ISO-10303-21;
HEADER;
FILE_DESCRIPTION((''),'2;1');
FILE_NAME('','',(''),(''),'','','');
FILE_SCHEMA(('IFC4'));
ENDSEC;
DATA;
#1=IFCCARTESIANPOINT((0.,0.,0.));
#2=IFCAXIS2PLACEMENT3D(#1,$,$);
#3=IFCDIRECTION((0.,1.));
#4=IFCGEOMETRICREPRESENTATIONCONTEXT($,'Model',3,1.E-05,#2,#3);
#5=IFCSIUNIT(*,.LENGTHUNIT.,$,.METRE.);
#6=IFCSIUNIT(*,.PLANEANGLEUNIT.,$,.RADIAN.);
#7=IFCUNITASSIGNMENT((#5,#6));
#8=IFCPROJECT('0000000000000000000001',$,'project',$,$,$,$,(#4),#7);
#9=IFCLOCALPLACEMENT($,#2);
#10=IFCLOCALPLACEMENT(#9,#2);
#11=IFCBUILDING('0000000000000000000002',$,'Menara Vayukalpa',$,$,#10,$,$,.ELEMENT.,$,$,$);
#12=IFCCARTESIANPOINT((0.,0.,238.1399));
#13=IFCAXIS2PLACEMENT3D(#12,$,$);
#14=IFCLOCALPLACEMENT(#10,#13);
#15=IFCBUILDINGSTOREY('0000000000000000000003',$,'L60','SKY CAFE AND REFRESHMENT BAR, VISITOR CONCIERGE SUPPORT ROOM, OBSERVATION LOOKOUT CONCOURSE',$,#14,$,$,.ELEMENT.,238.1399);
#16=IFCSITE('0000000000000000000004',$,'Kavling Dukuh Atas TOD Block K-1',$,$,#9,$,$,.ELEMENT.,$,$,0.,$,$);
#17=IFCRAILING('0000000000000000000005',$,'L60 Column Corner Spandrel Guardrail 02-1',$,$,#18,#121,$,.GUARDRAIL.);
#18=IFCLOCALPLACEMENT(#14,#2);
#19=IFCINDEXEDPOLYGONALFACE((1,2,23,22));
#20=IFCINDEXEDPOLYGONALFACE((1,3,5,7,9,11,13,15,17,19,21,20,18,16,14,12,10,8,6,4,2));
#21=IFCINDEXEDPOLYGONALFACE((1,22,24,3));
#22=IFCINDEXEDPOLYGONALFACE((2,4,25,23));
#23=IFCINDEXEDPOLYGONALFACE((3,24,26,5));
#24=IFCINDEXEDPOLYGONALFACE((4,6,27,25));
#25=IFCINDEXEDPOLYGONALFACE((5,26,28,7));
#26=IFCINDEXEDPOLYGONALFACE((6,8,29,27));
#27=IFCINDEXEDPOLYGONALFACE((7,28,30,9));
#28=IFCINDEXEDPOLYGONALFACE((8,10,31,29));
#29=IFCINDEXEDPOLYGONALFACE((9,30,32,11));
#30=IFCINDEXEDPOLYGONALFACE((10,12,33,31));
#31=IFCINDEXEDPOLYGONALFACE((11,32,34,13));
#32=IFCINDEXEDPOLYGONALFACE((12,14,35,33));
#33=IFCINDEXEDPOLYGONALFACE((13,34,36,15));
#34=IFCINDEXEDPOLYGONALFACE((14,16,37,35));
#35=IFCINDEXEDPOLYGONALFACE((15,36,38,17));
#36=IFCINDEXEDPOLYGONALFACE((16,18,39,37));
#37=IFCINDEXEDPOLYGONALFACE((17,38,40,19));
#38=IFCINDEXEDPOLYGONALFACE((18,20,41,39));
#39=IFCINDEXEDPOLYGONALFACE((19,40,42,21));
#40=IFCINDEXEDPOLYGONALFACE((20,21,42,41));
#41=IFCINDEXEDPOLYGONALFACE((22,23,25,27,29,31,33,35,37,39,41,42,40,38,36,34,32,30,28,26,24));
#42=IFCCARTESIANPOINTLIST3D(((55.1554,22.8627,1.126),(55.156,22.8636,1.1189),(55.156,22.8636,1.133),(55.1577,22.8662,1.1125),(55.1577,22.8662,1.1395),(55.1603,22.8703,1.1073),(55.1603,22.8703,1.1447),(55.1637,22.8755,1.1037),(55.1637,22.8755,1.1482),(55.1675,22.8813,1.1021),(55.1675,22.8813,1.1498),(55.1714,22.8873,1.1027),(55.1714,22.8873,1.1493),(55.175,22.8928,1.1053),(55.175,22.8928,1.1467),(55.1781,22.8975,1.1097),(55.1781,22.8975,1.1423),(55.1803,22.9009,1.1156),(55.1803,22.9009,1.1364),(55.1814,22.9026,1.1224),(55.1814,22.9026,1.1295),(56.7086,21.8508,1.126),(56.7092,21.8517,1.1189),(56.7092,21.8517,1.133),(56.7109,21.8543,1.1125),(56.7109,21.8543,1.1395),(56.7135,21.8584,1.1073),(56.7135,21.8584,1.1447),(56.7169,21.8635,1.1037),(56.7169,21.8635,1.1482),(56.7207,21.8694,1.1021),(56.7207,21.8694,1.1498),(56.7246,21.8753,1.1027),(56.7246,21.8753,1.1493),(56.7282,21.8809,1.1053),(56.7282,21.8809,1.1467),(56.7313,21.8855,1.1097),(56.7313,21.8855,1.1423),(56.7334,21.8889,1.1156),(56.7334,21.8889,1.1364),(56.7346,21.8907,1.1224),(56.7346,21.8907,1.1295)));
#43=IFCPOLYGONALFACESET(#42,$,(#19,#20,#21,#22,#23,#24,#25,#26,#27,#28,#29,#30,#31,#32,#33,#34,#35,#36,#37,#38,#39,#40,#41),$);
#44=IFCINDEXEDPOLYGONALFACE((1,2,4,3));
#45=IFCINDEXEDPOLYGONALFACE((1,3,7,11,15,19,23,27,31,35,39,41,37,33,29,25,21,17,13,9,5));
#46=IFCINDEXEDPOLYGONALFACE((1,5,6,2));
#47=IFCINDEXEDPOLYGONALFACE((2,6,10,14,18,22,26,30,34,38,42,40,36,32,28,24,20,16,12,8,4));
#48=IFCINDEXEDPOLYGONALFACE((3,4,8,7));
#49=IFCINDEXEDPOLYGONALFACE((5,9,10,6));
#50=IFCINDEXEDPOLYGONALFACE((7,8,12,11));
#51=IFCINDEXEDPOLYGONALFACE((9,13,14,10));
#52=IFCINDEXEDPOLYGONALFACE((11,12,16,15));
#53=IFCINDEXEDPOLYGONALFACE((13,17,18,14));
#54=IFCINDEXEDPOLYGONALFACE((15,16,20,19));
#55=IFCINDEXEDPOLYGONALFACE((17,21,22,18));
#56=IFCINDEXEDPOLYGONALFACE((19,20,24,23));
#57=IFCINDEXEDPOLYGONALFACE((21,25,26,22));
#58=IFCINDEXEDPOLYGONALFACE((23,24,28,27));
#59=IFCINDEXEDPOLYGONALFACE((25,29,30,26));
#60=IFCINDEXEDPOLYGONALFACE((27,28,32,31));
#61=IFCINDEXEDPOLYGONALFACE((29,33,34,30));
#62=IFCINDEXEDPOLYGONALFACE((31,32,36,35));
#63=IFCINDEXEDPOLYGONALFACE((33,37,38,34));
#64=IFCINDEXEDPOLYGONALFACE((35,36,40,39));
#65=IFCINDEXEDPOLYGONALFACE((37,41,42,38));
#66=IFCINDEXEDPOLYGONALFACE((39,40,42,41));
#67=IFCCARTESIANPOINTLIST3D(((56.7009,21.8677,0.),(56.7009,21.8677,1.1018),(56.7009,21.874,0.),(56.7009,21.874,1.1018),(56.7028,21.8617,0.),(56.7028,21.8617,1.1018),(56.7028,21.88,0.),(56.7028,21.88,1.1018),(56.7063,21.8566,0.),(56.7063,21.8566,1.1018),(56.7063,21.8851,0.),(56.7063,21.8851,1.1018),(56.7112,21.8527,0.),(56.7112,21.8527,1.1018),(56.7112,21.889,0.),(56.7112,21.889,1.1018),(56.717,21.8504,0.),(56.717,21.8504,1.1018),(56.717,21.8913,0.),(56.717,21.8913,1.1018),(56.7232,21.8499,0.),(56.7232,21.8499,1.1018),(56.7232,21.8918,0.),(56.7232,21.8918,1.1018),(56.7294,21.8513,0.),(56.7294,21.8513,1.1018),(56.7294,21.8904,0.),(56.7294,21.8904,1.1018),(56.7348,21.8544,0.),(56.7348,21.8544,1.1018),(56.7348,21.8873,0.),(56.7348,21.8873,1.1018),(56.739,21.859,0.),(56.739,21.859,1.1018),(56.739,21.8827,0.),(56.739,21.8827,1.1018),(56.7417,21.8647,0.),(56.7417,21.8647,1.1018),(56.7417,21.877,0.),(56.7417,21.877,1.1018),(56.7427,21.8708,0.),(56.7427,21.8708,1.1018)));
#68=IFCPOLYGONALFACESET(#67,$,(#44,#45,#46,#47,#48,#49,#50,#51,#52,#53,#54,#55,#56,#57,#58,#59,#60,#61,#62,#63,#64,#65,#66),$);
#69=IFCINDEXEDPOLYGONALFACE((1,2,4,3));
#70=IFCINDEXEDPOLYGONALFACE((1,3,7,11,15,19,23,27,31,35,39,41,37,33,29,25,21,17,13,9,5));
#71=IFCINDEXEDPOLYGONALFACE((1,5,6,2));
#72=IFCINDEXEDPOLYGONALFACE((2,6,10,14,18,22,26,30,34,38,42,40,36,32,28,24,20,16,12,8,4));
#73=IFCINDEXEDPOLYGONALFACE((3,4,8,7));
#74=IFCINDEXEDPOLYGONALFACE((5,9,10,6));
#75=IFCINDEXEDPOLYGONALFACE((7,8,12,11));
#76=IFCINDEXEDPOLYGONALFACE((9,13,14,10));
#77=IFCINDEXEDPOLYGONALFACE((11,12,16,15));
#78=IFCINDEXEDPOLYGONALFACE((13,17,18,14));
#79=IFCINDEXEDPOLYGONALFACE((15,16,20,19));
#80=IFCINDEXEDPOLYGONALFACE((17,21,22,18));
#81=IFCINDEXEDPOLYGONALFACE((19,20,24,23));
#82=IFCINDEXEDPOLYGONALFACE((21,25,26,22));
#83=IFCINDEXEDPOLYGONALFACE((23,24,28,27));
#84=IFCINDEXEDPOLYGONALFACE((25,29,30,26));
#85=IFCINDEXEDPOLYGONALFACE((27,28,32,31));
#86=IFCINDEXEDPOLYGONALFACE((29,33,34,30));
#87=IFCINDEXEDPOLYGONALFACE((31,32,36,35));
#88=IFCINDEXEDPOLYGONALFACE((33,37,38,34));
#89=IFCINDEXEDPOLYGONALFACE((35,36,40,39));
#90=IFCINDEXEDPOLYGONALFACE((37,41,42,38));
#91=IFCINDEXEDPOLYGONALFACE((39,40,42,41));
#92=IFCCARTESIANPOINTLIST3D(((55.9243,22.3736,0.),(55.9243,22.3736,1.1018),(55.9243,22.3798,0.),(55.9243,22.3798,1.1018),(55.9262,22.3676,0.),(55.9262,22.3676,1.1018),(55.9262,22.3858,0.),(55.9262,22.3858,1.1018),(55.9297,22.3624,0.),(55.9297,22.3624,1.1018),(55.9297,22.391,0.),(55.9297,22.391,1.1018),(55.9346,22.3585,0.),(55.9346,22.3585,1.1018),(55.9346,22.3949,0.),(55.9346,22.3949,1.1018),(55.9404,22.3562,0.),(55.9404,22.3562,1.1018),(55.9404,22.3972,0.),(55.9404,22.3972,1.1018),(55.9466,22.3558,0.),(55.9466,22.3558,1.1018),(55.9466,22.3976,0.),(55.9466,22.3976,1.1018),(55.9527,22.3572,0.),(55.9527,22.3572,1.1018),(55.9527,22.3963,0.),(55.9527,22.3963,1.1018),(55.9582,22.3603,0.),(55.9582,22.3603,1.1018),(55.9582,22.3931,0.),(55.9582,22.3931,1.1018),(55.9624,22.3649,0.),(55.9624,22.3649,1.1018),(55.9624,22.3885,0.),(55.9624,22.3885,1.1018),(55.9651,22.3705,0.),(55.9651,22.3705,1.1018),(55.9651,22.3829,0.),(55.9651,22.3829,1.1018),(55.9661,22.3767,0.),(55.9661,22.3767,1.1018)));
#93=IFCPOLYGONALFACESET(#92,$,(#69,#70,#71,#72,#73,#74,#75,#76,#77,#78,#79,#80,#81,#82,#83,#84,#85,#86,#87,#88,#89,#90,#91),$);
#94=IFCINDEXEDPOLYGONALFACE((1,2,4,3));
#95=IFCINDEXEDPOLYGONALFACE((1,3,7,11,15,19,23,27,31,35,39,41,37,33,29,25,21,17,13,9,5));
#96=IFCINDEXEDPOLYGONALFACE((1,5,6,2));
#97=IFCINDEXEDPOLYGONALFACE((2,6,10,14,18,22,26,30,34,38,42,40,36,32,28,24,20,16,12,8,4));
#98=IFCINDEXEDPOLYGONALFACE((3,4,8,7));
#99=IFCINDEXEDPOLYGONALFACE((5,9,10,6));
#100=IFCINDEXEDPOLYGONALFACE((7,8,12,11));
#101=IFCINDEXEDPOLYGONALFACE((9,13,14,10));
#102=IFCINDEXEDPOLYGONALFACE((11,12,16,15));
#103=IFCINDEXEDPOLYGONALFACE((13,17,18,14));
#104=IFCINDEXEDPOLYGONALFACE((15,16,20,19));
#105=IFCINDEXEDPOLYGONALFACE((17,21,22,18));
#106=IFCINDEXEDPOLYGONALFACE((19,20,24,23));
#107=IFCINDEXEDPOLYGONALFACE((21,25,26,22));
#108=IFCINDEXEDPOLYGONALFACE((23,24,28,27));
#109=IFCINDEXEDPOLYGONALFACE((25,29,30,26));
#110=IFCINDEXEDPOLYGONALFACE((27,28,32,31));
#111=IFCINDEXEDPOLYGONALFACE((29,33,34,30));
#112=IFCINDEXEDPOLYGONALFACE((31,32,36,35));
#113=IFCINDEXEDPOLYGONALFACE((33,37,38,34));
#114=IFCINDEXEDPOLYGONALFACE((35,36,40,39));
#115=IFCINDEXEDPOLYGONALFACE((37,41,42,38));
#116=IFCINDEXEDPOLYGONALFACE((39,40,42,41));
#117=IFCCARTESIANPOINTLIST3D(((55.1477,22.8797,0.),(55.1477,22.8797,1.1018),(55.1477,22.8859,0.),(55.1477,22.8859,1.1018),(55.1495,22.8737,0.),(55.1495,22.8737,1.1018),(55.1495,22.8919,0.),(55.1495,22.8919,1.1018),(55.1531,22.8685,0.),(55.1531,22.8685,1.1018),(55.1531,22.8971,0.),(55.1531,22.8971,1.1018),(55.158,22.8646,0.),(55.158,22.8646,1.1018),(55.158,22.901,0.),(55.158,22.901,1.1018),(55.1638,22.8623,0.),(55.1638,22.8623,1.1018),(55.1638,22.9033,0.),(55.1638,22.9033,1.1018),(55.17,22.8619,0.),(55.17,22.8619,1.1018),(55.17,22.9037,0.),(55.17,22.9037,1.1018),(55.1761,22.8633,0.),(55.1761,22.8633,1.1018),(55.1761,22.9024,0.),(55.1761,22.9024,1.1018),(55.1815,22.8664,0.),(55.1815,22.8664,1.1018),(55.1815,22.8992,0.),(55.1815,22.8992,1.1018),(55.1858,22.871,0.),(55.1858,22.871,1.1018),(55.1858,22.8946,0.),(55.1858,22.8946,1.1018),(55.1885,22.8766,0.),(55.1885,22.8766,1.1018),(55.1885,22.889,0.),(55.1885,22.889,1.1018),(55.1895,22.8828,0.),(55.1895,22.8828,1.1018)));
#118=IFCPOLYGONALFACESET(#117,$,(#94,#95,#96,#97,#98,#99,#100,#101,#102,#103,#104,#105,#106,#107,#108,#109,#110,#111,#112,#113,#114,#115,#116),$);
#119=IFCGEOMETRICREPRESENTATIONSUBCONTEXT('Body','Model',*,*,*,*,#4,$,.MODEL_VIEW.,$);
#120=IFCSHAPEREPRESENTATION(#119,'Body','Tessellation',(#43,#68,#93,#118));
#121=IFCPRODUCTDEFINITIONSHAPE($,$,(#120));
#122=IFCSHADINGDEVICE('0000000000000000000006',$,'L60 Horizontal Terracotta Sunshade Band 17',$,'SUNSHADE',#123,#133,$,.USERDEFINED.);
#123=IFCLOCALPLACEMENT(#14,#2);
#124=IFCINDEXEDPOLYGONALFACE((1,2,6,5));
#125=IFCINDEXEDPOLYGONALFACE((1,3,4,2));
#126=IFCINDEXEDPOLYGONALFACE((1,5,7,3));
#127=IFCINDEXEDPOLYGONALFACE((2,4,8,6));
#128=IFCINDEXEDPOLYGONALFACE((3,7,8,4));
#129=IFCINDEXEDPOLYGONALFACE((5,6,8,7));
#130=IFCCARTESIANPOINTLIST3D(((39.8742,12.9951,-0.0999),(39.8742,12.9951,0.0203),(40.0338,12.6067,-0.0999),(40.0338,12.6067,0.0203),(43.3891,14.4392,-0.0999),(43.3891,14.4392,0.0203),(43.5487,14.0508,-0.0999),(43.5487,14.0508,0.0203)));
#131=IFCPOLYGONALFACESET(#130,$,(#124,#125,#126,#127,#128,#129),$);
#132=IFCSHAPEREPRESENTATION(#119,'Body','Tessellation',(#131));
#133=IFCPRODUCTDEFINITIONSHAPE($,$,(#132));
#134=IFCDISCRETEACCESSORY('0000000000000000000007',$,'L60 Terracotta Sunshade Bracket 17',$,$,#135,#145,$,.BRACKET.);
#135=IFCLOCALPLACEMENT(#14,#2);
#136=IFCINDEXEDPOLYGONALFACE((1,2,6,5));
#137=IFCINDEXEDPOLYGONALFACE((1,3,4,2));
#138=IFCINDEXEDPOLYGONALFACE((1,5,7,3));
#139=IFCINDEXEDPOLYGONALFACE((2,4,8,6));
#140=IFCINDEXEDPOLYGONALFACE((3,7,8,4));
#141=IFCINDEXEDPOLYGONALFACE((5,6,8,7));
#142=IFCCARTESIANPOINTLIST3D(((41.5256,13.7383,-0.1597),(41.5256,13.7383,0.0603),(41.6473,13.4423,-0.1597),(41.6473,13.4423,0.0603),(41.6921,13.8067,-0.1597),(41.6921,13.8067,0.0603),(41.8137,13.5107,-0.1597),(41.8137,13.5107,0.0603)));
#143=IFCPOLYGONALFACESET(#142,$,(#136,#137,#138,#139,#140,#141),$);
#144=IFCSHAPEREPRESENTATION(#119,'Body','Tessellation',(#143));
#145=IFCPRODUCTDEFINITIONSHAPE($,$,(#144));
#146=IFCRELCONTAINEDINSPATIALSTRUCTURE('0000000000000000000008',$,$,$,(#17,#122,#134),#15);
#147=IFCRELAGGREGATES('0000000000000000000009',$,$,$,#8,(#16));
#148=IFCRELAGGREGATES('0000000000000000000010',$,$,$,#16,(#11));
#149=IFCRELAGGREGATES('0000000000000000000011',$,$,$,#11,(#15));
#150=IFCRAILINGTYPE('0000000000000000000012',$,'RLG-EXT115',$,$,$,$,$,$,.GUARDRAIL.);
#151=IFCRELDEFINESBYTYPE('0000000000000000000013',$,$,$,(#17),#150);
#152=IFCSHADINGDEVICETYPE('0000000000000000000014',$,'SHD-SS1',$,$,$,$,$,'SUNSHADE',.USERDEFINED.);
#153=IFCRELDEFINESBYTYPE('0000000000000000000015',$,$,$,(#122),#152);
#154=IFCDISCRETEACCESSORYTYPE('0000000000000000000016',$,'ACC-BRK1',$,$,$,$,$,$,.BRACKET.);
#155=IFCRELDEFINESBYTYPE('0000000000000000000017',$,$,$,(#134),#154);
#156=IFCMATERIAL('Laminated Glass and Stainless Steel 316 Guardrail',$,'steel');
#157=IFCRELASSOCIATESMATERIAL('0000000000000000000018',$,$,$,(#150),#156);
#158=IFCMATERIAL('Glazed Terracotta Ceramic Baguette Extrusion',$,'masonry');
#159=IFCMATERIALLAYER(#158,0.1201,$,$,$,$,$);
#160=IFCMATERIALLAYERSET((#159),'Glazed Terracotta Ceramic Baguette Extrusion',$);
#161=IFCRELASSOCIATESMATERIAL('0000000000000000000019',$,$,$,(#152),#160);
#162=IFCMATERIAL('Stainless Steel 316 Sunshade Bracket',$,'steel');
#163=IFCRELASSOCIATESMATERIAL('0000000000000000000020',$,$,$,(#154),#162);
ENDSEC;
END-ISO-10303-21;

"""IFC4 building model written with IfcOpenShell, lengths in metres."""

from ifc_helpers import new_model, si_unit, direction, frame, origin, origin_2d, place, context, subcontext, project, spatial, rectangle, circle, extrude, material, layer, layer_set, type_object, element, save


model = new_model("IFC4")

# Units and contexts
model_context = context("Model", 3, precision=1e-05, world=origin(), true_north=direction((0.0, 1.0)))
body_context = subcontext(model_context, "Body", "Model", "MODEL_VIEW")
ifc_project = project(units=[si_unit("LENGTHUNIT", "METRE"), si_unit("PLANEANGLEUNIT", "RADIAN")], contexts=[model_context])

# Site, building, storey
site_placement = place(None, origin())
site = spatial("IfcSite", under=ifc_project, at=site_placement, Name="Kavling Dukuh Atas TOD Block K-1", CompositionType="ELEMENT", RefElevation=0.0)
building_placement = place(site_placement, origin())
building = spatial("IfcBuilding", under=site, at=building_placement, Name="Menara Vayukalpa", CompositionType="ELEMENT")
storey_placement = place(building_placement, frame((0.0, 0.0, 238.1399)))
storey = spatial("IfcBuildingStorey", under=building, at=storey_placement, Name="L60", Description="SKY CAFE AND REFRESHMENT BAR, VISITOR CONCIERGE SUPPORT ROOM, OBSERVATION LOOKOUT CONCOURSE", CompositionType="ELEMENT", Elevation=238.1399)

# Railing
ifc_material_1 = material(Name="Laminated Glass and Stainless Steel 316 Guardrail", Category="steel")
railing_type = type_object("IfcRailingType", Name="RLG-EXT115", PredefinedType="GUARDRAIL", material=ifc_material_1)
railing_1_placement = place(storey_placement, frame((56.7217, 21.8708, 0.0)))
element("IfcRailing", 1, at=railing_1_placement, inside=storey, type_object=railing_type, Name="L60 Column Corner Spandrel Guardrail 02-1", PredefinedType="GUARDRAIL", context=body_context, shape_type="SweptSolid", body=[
    extrude(circle(Radius=0.0239, at=origin_2d()), frame((0.0, 0.0, 1.126), z_axis=(-0.837859, 0.545886, 0.0), x_axis=(-0.545886, -0.837859, 0.0)), (0.0, 0.0, 1.0), 1.8538),
    extrude(circle(Radius=0.021, at=origin_2d()), origin(), (0.0, 0.0, 1.0), 1.1018),
    extrude(circle(Radius=0.021, at=origin_2d()), frame((-0.7766, 0.5059, 0.0)), (0.0, 0.0, 1.0), 1.1018),
    extrude(circle(Radius=0.021, at=origin_2d()), frame((-1.5532, 1.012, 0.0)), (0.0, 0.0, 1.0), 1.1018),
])

# Shading device
ifc_material_2 = material(Name="Glazed Terracotta Ceramic Baguette Extrusion", Category="masonry")
ifc_layer_1 = layer(ifc_material_2, 0.1201)
ifc_layer_set_1 = layer_set([ifc_layer_1], Name="Glazed Terracotta Ceramic Baguette Extrusion")
shading_device_type = type_object("IfcShadingDeviceType", Name="SHD-SS1", ElementType="SUNSHADE", PredefinedType="USERDEFINED", material=ifc_layer_set_1)
shading_device_placement = place(storey_placement, frame((41.7114, 13.5229, -0.0999), z_axis=(0.0, 0.0, 1.0), x_axis=(0.924971, 0.380037, 0.0)))
element("IfcShadingDevice", 2, at=shading_device_placement, inside=storey, type_object=shading_device_type, Name="L60 Horizontal Terracotta Sunshade Band 17", ObjectType="SUNSHADE", PredefinedType="USERDEFINED", context=body_context, shape_type="SweptSolid", body=[
    extrude(rectangle(XDim=3.8, YDim=0.4199, at=origin_2d()), origin(), (0.0, 0.0, 1.0), 0.1201),
])

# Discrete accessory
ifc_material_3 = material(Name="Stainless Steel 316 Sunshade Bracket", Category="steel")
discrete_accessory_type = type_object("IfcDiscreteAccessoryType", Name="ACC-BRK1", PredefinedType="BRACKET", material=ifc_material_3)
discrete_accessory_placement = place(storey_placement, frame((41.6697, 13.6245, -0.1597), z_axis=(0.0, 0.0, 1.0), x_axis=(0.924971, 0.380037, 0.0)))
element("IfcDiscreteAccessory", 3, at=discrete_accessory_placement, inside=storey, type_object=discrete_accessory_type, Name="L60 Terracotta Sunshade Bracket 17", PredefinedType="BRACKET", context=body_context, shape_type="SweptSolid", body=[
    extrude(rectangle(XDim=0.1799, YDim=0.3201, at=origin_2d()), origin(), (0.0, 0.0, 1.0), 0.22),
])

save(model, "model.ifc")
